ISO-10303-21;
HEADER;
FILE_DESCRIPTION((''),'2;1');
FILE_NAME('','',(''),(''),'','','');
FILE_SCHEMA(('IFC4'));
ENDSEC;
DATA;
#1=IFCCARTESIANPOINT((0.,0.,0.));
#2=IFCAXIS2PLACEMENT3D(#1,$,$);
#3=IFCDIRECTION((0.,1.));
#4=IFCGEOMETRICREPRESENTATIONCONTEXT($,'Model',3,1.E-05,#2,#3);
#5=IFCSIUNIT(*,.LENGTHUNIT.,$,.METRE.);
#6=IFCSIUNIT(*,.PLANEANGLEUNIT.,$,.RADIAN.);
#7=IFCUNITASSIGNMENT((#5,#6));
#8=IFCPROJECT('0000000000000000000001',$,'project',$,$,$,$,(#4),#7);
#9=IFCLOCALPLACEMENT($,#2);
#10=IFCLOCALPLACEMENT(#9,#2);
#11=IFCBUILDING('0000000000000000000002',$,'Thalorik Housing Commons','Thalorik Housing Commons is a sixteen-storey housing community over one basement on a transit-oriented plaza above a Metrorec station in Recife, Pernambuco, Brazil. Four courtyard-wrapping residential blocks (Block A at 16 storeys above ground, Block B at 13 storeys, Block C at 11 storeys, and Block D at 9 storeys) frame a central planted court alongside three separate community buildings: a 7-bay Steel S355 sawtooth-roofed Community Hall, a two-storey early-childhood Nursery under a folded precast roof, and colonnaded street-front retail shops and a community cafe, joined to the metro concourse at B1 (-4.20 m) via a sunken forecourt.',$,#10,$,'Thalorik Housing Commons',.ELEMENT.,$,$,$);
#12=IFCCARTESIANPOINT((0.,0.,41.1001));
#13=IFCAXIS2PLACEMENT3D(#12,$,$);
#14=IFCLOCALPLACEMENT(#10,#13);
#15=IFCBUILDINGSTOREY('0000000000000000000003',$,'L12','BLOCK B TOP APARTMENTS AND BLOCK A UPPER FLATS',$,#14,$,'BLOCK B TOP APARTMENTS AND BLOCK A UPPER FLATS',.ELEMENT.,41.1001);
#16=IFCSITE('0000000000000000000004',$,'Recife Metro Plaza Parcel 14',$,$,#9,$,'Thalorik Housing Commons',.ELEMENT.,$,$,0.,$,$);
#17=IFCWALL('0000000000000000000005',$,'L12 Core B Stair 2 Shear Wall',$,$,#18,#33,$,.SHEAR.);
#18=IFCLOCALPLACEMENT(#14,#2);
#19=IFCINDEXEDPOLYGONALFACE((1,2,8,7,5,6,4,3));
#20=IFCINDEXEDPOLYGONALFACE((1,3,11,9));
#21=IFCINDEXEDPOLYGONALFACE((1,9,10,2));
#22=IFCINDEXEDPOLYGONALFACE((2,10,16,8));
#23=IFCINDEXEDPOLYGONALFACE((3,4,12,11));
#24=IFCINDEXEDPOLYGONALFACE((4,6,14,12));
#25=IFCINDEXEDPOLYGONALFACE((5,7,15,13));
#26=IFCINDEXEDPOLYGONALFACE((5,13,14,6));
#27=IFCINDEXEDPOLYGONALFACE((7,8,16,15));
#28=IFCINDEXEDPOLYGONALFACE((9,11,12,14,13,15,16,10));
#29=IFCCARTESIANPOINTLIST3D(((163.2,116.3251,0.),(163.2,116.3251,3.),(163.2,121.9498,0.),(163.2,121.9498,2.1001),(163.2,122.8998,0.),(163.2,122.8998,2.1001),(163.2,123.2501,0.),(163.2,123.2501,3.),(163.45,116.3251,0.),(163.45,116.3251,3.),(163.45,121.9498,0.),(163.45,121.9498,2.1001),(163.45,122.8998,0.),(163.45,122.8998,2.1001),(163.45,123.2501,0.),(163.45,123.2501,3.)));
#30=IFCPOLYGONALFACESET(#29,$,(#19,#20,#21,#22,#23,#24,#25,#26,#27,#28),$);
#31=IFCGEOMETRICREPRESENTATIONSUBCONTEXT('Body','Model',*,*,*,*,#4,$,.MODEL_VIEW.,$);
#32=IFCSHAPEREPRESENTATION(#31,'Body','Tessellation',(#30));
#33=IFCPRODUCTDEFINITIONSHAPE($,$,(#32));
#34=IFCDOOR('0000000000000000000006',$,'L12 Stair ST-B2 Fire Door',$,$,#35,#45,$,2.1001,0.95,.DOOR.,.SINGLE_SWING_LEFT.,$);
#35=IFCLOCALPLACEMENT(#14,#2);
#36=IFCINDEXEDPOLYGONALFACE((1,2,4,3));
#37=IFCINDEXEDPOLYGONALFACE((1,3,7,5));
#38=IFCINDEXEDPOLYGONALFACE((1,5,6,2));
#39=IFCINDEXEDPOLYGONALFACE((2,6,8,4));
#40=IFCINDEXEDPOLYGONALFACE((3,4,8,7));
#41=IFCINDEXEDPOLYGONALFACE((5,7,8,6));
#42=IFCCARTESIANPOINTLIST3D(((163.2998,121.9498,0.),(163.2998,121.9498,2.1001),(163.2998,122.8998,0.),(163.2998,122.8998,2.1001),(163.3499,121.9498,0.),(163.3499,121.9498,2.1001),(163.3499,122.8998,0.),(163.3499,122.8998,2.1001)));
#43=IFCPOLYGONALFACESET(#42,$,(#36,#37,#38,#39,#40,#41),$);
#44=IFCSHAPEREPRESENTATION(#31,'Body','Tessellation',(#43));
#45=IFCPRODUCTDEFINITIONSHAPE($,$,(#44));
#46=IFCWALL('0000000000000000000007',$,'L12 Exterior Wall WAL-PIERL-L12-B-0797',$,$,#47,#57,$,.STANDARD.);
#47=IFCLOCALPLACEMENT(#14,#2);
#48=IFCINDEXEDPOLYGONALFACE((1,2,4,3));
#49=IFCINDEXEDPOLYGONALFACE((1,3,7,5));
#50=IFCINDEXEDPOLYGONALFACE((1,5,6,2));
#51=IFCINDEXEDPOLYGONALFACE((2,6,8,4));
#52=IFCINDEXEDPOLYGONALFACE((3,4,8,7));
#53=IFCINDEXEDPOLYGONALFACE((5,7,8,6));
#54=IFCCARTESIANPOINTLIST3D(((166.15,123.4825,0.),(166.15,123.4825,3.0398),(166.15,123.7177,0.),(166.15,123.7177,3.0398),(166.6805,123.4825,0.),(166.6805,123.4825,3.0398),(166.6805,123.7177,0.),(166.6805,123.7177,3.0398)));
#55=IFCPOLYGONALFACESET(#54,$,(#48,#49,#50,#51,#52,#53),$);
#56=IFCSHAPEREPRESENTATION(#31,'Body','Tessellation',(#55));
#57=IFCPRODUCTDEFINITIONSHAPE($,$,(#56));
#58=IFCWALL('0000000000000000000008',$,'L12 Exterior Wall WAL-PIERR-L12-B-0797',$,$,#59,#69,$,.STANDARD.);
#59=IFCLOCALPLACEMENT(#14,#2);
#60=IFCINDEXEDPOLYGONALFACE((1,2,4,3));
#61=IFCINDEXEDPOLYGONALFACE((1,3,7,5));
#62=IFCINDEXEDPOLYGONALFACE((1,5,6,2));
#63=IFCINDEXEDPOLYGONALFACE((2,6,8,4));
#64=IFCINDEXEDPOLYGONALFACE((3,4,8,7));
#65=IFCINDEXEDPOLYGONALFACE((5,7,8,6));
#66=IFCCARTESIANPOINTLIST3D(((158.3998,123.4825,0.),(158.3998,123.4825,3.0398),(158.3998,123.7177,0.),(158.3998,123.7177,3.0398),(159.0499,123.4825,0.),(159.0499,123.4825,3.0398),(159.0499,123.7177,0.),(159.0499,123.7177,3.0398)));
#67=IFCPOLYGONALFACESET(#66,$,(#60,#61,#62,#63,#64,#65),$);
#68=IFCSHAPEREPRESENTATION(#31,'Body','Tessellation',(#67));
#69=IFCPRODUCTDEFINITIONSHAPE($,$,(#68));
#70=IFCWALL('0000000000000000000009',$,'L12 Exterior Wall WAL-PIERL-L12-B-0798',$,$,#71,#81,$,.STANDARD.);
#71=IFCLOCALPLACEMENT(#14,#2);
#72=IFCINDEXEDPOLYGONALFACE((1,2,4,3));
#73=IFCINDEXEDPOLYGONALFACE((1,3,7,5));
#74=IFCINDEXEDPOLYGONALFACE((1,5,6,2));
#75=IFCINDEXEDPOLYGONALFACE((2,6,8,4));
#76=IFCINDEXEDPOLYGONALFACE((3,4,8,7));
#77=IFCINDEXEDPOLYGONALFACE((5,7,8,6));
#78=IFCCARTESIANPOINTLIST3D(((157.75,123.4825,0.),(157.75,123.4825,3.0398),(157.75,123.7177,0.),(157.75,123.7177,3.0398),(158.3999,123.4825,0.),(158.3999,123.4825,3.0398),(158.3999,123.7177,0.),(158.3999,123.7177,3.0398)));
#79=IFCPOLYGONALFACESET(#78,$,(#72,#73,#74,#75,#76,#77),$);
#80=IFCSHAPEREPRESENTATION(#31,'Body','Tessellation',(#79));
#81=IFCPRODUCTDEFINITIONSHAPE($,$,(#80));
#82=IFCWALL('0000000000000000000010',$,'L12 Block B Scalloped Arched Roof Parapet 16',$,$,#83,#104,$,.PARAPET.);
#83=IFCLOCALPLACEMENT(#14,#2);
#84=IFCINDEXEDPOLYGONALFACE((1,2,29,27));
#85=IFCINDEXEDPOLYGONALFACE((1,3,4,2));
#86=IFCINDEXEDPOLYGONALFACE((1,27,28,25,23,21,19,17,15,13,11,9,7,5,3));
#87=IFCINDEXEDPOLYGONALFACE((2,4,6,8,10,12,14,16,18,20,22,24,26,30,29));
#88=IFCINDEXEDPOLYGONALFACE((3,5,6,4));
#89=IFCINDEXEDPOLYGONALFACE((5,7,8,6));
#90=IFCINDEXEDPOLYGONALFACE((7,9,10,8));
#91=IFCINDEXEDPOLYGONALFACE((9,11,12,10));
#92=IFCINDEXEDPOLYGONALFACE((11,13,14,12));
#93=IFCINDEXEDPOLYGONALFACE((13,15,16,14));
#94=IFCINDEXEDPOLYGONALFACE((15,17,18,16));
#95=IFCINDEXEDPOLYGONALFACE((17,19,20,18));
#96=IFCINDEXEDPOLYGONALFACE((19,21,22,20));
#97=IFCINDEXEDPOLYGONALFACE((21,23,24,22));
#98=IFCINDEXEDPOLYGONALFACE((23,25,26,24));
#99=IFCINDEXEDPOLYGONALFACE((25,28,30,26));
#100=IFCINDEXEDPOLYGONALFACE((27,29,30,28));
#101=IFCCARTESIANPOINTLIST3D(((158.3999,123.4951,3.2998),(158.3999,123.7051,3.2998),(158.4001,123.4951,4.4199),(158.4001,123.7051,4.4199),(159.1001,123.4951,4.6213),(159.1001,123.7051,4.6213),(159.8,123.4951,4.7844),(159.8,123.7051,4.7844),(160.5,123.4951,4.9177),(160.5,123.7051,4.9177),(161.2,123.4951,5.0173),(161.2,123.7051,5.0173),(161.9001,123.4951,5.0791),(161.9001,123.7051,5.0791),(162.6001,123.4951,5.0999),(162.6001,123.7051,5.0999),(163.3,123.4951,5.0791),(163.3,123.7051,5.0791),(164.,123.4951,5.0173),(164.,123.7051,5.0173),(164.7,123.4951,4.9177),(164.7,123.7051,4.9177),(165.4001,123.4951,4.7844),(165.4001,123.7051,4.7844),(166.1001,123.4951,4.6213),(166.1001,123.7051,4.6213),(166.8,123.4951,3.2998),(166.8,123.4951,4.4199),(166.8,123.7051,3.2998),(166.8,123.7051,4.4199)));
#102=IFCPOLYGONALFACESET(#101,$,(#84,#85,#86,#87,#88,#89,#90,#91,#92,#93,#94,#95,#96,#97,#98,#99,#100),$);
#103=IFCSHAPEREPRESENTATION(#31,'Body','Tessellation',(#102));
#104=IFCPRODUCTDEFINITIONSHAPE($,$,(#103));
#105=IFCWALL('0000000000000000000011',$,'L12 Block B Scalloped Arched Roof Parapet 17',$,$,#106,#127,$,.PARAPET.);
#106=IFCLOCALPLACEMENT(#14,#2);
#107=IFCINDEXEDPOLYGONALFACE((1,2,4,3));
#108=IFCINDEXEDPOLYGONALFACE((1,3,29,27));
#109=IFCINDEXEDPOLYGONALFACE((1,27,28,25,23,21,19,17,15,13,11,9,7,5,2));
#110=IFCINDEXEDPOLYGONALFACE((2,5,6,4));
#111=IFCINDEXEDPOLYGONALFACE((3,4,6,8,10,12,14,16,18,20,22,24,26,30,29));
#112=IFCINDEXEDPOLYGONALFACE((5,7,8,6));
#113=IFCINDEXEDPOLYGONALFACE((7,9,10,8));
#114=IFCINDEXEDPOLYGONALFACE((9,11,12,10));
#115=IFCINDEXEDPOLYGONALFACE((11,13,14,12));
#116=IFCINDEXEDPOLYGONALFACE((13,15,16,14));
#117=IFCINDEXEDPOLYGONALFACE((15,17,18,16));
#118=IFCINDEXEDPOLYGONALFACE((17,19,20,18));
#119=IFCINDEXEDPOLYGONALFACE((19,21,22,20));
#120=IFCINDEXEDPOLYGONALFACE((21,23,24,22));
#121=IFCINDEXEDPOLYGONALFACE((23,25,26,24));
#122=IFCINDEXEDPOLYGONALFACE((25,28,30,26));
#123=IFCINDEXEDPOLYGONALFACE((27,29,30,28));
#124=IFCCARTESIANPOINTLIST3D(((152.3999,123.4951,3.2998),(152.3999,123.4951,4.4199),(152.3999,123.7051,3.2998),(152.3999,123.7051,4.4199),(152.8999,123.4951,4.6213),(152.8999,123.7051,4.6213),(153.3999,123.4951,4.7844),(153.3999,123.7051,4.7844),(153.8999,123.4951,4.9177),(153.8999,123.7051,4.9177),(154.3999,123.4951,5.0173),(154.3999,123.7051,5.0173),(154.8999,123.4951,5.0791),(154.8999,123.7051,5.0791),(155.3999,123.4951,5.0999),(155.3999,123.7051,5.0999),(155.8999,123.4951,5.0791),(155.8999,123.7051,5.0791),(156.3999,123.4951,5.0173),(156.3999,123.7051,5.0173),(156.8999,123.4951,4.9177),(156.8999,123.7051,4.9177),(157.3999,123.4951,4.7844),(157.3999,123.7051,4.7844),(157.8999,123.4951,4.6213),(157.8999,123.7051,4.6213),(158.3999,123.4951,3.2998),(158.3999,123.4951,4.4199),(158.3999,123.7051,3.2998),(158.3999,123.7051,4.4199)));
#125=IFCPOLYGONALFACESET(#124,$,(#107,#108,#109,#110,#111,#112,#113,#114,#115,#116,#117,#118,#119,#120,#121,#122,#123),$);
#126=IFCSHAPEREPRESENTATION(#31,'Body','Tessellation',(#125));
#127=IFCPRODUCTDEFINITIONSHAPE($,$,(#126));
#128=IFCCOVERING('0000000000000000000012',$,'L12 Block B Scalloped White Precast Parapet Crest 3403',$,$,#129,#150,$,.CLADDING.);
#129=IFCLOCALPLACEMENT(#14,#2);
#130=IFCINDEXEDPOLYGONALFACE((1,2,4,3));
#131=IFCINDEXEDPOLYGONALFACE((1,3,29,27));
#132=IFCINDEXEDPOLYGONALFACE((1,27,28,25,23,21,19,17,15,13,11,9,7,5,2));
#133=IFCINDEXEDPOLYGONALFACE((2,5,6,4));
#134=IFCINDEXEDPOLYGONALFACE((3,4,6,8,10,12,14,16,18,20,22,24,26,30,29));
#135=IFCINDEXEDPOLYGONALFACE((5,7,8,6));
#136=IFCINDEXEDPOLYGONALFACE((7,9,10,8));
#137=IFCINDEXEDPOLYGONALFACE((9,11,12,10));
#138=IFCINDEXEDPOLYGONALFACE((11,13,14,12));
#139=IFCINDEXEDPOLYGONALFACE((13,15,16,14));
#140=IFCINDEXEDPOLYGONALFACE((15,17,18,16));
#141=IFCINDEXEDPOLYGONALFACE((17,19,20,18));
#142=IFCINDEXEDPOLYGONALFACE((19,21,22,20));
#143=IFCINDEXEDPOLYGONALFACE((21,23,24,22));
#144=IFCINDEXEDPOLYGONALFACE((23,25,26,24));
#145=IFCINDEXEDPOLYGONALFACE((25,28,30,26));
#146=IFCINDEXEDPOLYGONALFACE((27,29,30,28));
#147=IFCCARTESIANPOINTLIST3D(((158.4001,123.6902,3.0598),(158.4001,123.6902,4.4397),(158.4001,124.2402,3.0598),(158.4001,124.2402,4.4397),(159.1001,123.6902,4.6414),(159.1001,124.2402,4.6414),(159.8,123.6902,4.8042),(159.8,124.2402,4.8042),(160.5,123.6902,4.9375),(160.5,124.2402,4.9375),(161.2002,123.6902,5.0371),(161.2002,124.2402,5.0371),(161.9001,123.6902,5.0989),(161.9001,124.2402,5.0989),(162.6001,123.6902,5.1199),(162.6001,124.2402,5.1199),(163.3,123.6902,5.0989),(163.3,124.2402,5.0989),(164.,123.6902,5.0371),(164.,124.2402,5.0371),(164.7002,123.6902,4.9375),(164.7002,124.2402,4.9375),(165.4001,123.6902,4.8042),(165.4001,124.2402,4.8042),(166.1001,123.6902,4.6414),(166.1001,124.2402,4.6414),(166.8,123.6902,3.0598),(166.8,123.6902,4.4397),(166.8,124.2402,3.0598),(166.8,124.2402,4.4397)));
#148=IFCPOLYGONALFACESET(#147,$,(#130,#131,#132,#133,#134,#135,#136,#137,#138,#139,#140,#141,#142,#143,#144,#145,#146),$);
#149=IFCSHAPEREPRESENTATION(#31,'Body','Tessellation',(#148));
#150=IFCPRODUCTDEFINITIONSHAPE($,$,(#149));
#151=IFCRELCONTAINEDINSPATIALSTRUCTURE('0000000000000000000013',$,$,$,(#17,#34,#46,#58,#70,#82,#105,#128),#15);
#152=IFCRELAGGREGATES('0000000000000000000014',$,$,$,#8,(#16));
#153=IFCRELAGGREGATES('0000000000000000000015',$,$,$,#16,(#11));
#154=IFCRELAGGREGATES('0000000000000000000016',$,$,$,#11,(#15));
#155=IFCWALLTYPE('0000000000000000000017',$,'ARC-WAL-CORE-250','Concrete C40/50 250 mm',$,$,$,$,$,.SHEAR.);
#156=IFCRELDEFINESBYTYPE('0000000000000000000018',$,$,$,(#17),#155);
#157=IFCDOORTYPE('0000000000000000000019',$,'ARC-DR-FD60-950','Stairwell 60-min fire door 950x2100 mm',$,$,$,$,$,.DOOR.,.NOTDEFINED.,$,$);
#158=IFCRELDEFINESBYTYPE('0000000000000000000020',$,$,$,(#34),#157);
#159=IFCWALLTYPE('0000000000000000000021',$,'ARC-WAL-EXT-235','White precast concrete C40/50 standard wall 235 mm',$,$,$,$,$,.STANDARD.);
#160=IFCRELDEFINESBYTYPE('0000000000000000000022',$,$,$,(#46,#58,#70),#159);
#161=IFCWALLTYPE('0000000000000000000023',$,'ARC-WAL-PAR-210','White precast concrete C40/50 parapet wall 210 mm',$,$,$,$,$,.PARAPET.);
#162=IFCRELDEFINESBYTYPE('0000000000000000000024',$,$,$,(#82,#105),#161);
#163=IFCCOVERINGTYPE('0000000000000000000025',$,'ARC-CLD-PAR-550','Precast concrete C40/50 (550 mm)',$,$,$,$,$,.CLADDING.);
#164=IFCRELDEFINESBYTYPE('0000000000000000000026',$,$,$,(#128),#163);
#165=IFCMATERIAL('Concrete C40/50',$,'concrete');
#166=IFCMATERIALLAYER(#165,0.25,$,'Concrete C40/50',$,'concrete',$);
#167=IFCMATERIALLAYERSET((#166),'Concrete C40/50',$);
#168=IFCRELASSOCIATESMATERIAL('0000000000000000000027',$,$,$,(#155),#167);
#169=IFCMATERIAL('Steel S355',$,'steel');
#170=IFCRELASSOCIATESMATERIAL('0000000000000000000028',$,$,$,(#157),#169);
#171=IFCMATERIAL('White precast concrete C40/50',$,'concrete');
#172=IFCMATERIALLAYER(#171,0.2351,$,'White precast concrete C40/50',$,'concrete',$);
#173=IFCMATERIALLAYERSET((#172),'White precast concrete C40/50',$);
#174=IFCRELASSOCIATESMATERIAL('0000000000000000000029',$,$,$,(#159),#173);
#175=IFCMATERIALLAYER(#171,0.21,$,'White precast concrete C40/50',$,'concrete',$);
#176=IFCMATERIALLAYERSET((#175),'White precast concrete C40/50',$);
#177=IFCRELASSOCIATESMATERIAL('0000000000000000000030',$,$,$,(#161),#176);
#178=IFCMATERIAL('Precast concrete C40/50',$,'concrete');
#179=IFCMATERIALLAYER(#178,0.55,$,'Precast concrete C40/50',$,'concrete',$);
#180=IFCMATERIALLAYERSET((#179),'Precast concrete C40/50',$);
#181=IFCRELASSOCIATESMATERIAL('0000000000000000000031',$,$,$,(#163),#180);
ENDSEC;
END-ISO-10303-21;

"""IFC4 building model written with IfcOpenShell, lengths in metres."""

from ifc_helpers import new_model, si_unit, direction, frame, frame_2d, origin, place, context, subcontext, project, spatial, polyline, rectangle, outline, extrude, material, layer, layer_set, type_object, element, fill, save


model = new_model("IFC4")

# Units and contexts
model_context = context("Model", 3, precision=1e-05, world=origin(), true_north=direction((0.0, 1.0)))
body_context = subcontext(model_context, "Body", "Model", "MODEL_VIEW")
ifc_project = project(units=[si_unit("LENGTHUNIT", "METRE"), si_unit("PLANEANGLEUNIT", "RADIAN")], contexts=[model_context])

# Site, building, storey
site_placement = place(None, origin())
site = spatial("IfcSite", under=ifc_project, at=site_placement, Name="Recife Metro Plaza Parcel 14", LongName="Thalorik Housing Commons", CompositionType="ELEMENT", RefElevation=0.0)
building_placement = place(site_placement, origin())
building = spatial("IfcBuilding", under=site, at=building_placement, Name="Thalorik Housing Commons", Description="Thalorik Housing Commons is a sixteen-storey housing community over one basement on a transit-oriented plaza above a Metrorec station in Recife, Pernambuco, Brazil. Four courtyard-wrapping residential blocks (Block A at 16 storeys above ground, Block B at 13 storeys, Block C at 11 storeys, and Block D at 9 storeys) frame a central planted court alongside three separate community buildings: a 7-bay Steel S355 sawtooth-roofed Community Hall, a two-storey early-childhood Nursery under a folded precast roof, and colonnaded street-front retail shops and a community cafe, joined to the metro concourse at B1 (-4.20 m) via a sunken forecourt.", LongName="Thalorik Housing Commons", CompositionType="ELEMENT")
storey_placement = place(building_placement, frame((0.0, 0.0, 41.1001)))
storey = spatial("IfcBuildingStorey", under=building, at=storey_placement, Name="L12", Description="BLOCK B TOP APARTMENTS AND BLOCK A UPPER FLATS", LongName="BLOCK B TOP APARTMENTS AND BLOCK A UPPER FLATS", CompositionType="ELEMENT", Elevation=41.1001)

# Shared definitions
ifc_material_1 = material(Name="Precast concrete C40/50", Category="concrete")

# Shared definitions
ifc_material_2 = material(Name="Concrete C40/50", Category="concrete")
ifc_layer_1 = layer(ifc_material_2, 0.25, Name="Concrete C40/50", Category="concrete")
ifc_layer_set_1 = layer_set([ifc_layer_1], Name="Concrete C40/50")
wall_type_1 = type_object("IfcWallType", Name="ARC-WAL-CORE-250", Description="Concrete C40/50 250 mm", PredefinedType="SHEAR", material=ifc_layer_set_1)

# Wall, opening, door
wall_1_placement = place(storey_placement, frame((163.325, 123.25, 0.0), z_axis=(0.0, 0.0, 1.0), x_axis=(0.0, -1.0, 0.0)))
wall_1 = element("IfcWall", 1, at=wall_1_placement, inside=storey, type_object=wall_type_1, Name="L12 Core B Stair 2 Shear Wall", PredefinedType="SHEAR", context=body_context, shape_type="SweptSolid", body=[
    extrude(rectangle(XDim=6.925, YDim=0.25, at=frame_2d((3.4624, 0.0))), origin(), (0.0, 0.0, 1.0), 3.0),
])
opening_placement = place(wall_1_placement, frame((0.3501, 0.0, 0.0)))
opening = element("IfcOpeningElement", 2, at=opening_placement, cuts=wall_1, PredefinedType="OPENING", context=body_context, shape_type="SweptSolid", body=[
    extrude(rectangle(XDim=0.95, YDim=2.1001, at=frame_2d((0.4751, 1.05))), frame((0.0, 0.135, 0.0), z_axis=(0.0, -1.0, 0.0), x_axis=(1.0, 0.0, 0.0)), (0.0, 0.0, 1.0), 0.27),
])
ifc_material_3 = material(Name="Steel S355", Category="steel")
door_type = type_object("IfcDoorType", Name="ARC-DR-FD60-950", Description="Stairwell 60-min fire door 950x2100 mm", OperationType="NOTDEFINED", PredefinedType="DOOR", material=ifc_material_3)
door_placement = place(opening_placement, origin())
door = element("IfcDoor", 3, at=door_placement, inside=storey, type_object=door_type, Name="L12 Stair ST-B2 Fire Door", OperationType="SINGLE_SWING_LEFT", OverallHeight=2.1001, OverallWidth=0.95, PredefinedType="DOOR", context=body_context, shape_type="SweptSolid", body=[
    extrude(rectangle(XDim=0.95, YDim=2.1001, at=frame_2d((0.4751, 1.05))), frame((0.0, 0.0249, 0.0), z_axis=(0.0, -1.0, 0.0), x_axis=(1.0, 0.0, 0.0)), (0.0, 0.0, 1.0), 0.05),
])
fill(opening, door)

# Walls
ifc_material_4 = material(Name="White precast concrete C40/50", Category="concrete")
ifc_layer_2 = layer(ifc_material_4, 0.2351, Name="White precast concrete C40/50", Category="concrete")
ifc_layer_set_2 = layer_set([ifc_layer_2], Name="White precast concrete C40/50")
wall_type_2 = type_object("IfcWallType", Name="ARC-WAL-EXT-235", Description="White precast concrete C40/50 standard wall 235 mm", PredefinedType="STANDARD", material=ifc_layer_set_2)
wall_2_placement = place(storey_placement, frame((166.6804, 123.6001, 0.0), z_axis=(0.0, 0.0, 1.0), x_axis=(-1.0, 0.0, 0.0)))
element("IfcWall", 4, at=wall_2_placement, inside=storey, type_object=wall_type_2, Name="L12 Exterior Wall WAL-PIERL-L12-B-0797", PredefinedType="STANDARD", context=body_context, shape_type="SweptSolid", body=[
    extrude(rectangle(XDim=0.5305, YDim=0.2351, at=frame_2d((0.2651, 0.0))), origin(), (0.0, 0.0, 1.0), 3.0398),
])
wall_3_placement = place(storey_placement, frame((159.05, 123.6001, 0.0), z_axis=(0.0, 0.0, 1.0), x_axis=(-1.0, 0.0, 0.0)))
element("IfcWall", 5, at=wall_3_placement, inside=storey, type_object=wall_type_2, Name="L12 Exterior Wall WAL-PIERR-L12-B-0797", PredefinedType="STANDARD", context=body_context, shape_type="SweptSolid", body=[
    extrude(rectangle(XDim=0.6501, YDim=0.2351, at=frame_2d((0.3252, 0.0))), origin(), (0.0, 0.0, 1.0), 3.0398),
])
wall_4_placement = place(storey_placement, frame((158.3999, 123.6001, 0.0), z_axis=(0.0, 0.0, 1.0), x_axis=(-1.0, 0.0, 0.0)))
element("IfcWall", 6, at=wall_4_placement, inside=storey, type_object=wall_type_2, Name="L12 Exterior Wall WAL-PIERL-L12-B-0798", PredefinedType="STANDARD", context=body_context, shape_type="SweptSolid", body=[
    extrude(rectangle(XDim=0.6499, YDim=0.2351, at=frame_2d((0.325, 0.0))), origin(), (0.0, 0.0, 1.0), 3.0398),
])
ifc_layer_3 = layer(ifc_material_4, 0.21, Name="White precast concrete C40/50", Category="concrete")
ifc_layer_set_3 = layer_set([ifc_layer_3], Name="White precast concrete C40/50")
wall_type_3 = type_object("IfcWallType", Name="ARC-WAL-PAR-210", Description="White precast concrete C40/50 parapet wall 210 mm", PredefinedType="PARAPET", material=ifc_layer_set_3)
wall_5_placement = place(storey_placement, frame((166.8, 123.6001, 3.2998), z_axis=(0.0, 0.0, 1.0), x_axis=(-1.0, 0.0, 0.0)))
element("IfcWall", 7, at=wall_5_placement, inside=storey, type_object=wall_type_3, Name="L12 Block B Scalloped Arched Roof Parapet 16", PredefinedType="PARAPET", context=body_context, shape_type="SweptSolid", body=[
    extrude(outline(polyline([(0.0, 0.0), (8.4001, 0.0), (8.3999, 1.1201), (7.7, 1.3215), (7.0, 1.4846), (6.3, 1.6179), (5.6001, 1.7175), (4.8999, 1.7793), (4.2, 1.8), (3.5, 1.7793), (2.8, 1.7175), (2.1001, 1.6179), (1.3999, 1.4846), (0.7, 1.3215), (0.0, 1.1201), (0.0, 0.0)])), frame((0.0, 0.105, 0.0), z_axis=(0.0, -1.0, 0.0), x_axis=(1.0, 0.0, 0.0)), (0.0, 0.0, 1.0), 0.21),
])
wall_6_placement = place(storey_placement, frame((158.3999, 123.6001, 3.2998), z_axis=(0.0, 0.0, 1.0), x_axis=(-1.0, 0.0, 0.0)))
element("IfcWall", 8, at=wall_6_placement, inside=storey, type_object=wall_type_3, Name="L12 Block B Scalloped Arched Roof Parapet 17", PredefinedType="PARAPET", context=body_context, shape_type="SweptSolid", body=[
    extrude(outline(polyline([(0.0, 0.0), (6.0, 0.0), (6.0, 1.1201), (5.5, 1.3215), (5.0, 1.4846), (4.5, 1.6179), (4.0, 1.7175), (3.5, 1.7793), (3.0, 1.8), (2.5, 1.7793), (2.0, 1.7175), (1.5, 1.6179), (1.0, 1.4846), (0.5, 1.3215), (0.0, 1.1201), (0.0, 0.0)])), frame((0.0, 0.105, 0.0), z_axis=(0.0, -1.0, 0.0), x_axis=(1.0, 0.0, 0.0)), (0.0, 0.0, 1.0), 0.21),
])

# Covering
ifc_layer_4 = layer(ifc_material_1, 0.55, Name="Precast concrete C40/50", Category="concrete")
ifc_layer_set_4 = layer_set([ifc_layer_4], Name="Precast concrete C40/50")
covering_type = type_object("IfcCoveringType", Name="ARC-CLD-PAR-550", Description="Precast concrete C40/50 (550 mm)", PredefinedType="CLADDING", material=ifc_layer_set_4)
covering_placement = place(storey_placement, frame((162.6001, 123.9651, 3.0598), z_axis=(0.0, 0.0, 1.0), x_axis=(-1.0, 0.0, 0.0)))
element("IfcCovering", 9, at=covering_placement, inside=storey, type_object=covering_type, Name="L12 Block B Scalloped White Precast Parapet Crest 3403", PredefinedType="CLADDING", context=body_context, shape_type="SweptSolid", body=[
    extrude(outline(polyline([(-4.2, 0.0), (4.2, 0.0), (4.2, 1.3799), (3.5, 1.5815), (2.8, 1.7444), (2.1001, 1.8777), (1.3999, 1.9773), (0.7, 2.0391), (0.0, 2.0601), (-0.7, 2.0391), (-1.3999, 1.9773), (-2.1001, 1.8777), (-2.8, 1.7444), (-3.5, 1.5815), (-4.2, 1.3799), (-4.2, 0.0)])), frame((0.0, 0.2749, 0.0), z_axis=(0.0, -1.0, 0.0), x_axis=(1.0, 0.0, 0.0)), (0.0, 0.0, 1.0), 0.55),
])

save(model, "model.ifc")
